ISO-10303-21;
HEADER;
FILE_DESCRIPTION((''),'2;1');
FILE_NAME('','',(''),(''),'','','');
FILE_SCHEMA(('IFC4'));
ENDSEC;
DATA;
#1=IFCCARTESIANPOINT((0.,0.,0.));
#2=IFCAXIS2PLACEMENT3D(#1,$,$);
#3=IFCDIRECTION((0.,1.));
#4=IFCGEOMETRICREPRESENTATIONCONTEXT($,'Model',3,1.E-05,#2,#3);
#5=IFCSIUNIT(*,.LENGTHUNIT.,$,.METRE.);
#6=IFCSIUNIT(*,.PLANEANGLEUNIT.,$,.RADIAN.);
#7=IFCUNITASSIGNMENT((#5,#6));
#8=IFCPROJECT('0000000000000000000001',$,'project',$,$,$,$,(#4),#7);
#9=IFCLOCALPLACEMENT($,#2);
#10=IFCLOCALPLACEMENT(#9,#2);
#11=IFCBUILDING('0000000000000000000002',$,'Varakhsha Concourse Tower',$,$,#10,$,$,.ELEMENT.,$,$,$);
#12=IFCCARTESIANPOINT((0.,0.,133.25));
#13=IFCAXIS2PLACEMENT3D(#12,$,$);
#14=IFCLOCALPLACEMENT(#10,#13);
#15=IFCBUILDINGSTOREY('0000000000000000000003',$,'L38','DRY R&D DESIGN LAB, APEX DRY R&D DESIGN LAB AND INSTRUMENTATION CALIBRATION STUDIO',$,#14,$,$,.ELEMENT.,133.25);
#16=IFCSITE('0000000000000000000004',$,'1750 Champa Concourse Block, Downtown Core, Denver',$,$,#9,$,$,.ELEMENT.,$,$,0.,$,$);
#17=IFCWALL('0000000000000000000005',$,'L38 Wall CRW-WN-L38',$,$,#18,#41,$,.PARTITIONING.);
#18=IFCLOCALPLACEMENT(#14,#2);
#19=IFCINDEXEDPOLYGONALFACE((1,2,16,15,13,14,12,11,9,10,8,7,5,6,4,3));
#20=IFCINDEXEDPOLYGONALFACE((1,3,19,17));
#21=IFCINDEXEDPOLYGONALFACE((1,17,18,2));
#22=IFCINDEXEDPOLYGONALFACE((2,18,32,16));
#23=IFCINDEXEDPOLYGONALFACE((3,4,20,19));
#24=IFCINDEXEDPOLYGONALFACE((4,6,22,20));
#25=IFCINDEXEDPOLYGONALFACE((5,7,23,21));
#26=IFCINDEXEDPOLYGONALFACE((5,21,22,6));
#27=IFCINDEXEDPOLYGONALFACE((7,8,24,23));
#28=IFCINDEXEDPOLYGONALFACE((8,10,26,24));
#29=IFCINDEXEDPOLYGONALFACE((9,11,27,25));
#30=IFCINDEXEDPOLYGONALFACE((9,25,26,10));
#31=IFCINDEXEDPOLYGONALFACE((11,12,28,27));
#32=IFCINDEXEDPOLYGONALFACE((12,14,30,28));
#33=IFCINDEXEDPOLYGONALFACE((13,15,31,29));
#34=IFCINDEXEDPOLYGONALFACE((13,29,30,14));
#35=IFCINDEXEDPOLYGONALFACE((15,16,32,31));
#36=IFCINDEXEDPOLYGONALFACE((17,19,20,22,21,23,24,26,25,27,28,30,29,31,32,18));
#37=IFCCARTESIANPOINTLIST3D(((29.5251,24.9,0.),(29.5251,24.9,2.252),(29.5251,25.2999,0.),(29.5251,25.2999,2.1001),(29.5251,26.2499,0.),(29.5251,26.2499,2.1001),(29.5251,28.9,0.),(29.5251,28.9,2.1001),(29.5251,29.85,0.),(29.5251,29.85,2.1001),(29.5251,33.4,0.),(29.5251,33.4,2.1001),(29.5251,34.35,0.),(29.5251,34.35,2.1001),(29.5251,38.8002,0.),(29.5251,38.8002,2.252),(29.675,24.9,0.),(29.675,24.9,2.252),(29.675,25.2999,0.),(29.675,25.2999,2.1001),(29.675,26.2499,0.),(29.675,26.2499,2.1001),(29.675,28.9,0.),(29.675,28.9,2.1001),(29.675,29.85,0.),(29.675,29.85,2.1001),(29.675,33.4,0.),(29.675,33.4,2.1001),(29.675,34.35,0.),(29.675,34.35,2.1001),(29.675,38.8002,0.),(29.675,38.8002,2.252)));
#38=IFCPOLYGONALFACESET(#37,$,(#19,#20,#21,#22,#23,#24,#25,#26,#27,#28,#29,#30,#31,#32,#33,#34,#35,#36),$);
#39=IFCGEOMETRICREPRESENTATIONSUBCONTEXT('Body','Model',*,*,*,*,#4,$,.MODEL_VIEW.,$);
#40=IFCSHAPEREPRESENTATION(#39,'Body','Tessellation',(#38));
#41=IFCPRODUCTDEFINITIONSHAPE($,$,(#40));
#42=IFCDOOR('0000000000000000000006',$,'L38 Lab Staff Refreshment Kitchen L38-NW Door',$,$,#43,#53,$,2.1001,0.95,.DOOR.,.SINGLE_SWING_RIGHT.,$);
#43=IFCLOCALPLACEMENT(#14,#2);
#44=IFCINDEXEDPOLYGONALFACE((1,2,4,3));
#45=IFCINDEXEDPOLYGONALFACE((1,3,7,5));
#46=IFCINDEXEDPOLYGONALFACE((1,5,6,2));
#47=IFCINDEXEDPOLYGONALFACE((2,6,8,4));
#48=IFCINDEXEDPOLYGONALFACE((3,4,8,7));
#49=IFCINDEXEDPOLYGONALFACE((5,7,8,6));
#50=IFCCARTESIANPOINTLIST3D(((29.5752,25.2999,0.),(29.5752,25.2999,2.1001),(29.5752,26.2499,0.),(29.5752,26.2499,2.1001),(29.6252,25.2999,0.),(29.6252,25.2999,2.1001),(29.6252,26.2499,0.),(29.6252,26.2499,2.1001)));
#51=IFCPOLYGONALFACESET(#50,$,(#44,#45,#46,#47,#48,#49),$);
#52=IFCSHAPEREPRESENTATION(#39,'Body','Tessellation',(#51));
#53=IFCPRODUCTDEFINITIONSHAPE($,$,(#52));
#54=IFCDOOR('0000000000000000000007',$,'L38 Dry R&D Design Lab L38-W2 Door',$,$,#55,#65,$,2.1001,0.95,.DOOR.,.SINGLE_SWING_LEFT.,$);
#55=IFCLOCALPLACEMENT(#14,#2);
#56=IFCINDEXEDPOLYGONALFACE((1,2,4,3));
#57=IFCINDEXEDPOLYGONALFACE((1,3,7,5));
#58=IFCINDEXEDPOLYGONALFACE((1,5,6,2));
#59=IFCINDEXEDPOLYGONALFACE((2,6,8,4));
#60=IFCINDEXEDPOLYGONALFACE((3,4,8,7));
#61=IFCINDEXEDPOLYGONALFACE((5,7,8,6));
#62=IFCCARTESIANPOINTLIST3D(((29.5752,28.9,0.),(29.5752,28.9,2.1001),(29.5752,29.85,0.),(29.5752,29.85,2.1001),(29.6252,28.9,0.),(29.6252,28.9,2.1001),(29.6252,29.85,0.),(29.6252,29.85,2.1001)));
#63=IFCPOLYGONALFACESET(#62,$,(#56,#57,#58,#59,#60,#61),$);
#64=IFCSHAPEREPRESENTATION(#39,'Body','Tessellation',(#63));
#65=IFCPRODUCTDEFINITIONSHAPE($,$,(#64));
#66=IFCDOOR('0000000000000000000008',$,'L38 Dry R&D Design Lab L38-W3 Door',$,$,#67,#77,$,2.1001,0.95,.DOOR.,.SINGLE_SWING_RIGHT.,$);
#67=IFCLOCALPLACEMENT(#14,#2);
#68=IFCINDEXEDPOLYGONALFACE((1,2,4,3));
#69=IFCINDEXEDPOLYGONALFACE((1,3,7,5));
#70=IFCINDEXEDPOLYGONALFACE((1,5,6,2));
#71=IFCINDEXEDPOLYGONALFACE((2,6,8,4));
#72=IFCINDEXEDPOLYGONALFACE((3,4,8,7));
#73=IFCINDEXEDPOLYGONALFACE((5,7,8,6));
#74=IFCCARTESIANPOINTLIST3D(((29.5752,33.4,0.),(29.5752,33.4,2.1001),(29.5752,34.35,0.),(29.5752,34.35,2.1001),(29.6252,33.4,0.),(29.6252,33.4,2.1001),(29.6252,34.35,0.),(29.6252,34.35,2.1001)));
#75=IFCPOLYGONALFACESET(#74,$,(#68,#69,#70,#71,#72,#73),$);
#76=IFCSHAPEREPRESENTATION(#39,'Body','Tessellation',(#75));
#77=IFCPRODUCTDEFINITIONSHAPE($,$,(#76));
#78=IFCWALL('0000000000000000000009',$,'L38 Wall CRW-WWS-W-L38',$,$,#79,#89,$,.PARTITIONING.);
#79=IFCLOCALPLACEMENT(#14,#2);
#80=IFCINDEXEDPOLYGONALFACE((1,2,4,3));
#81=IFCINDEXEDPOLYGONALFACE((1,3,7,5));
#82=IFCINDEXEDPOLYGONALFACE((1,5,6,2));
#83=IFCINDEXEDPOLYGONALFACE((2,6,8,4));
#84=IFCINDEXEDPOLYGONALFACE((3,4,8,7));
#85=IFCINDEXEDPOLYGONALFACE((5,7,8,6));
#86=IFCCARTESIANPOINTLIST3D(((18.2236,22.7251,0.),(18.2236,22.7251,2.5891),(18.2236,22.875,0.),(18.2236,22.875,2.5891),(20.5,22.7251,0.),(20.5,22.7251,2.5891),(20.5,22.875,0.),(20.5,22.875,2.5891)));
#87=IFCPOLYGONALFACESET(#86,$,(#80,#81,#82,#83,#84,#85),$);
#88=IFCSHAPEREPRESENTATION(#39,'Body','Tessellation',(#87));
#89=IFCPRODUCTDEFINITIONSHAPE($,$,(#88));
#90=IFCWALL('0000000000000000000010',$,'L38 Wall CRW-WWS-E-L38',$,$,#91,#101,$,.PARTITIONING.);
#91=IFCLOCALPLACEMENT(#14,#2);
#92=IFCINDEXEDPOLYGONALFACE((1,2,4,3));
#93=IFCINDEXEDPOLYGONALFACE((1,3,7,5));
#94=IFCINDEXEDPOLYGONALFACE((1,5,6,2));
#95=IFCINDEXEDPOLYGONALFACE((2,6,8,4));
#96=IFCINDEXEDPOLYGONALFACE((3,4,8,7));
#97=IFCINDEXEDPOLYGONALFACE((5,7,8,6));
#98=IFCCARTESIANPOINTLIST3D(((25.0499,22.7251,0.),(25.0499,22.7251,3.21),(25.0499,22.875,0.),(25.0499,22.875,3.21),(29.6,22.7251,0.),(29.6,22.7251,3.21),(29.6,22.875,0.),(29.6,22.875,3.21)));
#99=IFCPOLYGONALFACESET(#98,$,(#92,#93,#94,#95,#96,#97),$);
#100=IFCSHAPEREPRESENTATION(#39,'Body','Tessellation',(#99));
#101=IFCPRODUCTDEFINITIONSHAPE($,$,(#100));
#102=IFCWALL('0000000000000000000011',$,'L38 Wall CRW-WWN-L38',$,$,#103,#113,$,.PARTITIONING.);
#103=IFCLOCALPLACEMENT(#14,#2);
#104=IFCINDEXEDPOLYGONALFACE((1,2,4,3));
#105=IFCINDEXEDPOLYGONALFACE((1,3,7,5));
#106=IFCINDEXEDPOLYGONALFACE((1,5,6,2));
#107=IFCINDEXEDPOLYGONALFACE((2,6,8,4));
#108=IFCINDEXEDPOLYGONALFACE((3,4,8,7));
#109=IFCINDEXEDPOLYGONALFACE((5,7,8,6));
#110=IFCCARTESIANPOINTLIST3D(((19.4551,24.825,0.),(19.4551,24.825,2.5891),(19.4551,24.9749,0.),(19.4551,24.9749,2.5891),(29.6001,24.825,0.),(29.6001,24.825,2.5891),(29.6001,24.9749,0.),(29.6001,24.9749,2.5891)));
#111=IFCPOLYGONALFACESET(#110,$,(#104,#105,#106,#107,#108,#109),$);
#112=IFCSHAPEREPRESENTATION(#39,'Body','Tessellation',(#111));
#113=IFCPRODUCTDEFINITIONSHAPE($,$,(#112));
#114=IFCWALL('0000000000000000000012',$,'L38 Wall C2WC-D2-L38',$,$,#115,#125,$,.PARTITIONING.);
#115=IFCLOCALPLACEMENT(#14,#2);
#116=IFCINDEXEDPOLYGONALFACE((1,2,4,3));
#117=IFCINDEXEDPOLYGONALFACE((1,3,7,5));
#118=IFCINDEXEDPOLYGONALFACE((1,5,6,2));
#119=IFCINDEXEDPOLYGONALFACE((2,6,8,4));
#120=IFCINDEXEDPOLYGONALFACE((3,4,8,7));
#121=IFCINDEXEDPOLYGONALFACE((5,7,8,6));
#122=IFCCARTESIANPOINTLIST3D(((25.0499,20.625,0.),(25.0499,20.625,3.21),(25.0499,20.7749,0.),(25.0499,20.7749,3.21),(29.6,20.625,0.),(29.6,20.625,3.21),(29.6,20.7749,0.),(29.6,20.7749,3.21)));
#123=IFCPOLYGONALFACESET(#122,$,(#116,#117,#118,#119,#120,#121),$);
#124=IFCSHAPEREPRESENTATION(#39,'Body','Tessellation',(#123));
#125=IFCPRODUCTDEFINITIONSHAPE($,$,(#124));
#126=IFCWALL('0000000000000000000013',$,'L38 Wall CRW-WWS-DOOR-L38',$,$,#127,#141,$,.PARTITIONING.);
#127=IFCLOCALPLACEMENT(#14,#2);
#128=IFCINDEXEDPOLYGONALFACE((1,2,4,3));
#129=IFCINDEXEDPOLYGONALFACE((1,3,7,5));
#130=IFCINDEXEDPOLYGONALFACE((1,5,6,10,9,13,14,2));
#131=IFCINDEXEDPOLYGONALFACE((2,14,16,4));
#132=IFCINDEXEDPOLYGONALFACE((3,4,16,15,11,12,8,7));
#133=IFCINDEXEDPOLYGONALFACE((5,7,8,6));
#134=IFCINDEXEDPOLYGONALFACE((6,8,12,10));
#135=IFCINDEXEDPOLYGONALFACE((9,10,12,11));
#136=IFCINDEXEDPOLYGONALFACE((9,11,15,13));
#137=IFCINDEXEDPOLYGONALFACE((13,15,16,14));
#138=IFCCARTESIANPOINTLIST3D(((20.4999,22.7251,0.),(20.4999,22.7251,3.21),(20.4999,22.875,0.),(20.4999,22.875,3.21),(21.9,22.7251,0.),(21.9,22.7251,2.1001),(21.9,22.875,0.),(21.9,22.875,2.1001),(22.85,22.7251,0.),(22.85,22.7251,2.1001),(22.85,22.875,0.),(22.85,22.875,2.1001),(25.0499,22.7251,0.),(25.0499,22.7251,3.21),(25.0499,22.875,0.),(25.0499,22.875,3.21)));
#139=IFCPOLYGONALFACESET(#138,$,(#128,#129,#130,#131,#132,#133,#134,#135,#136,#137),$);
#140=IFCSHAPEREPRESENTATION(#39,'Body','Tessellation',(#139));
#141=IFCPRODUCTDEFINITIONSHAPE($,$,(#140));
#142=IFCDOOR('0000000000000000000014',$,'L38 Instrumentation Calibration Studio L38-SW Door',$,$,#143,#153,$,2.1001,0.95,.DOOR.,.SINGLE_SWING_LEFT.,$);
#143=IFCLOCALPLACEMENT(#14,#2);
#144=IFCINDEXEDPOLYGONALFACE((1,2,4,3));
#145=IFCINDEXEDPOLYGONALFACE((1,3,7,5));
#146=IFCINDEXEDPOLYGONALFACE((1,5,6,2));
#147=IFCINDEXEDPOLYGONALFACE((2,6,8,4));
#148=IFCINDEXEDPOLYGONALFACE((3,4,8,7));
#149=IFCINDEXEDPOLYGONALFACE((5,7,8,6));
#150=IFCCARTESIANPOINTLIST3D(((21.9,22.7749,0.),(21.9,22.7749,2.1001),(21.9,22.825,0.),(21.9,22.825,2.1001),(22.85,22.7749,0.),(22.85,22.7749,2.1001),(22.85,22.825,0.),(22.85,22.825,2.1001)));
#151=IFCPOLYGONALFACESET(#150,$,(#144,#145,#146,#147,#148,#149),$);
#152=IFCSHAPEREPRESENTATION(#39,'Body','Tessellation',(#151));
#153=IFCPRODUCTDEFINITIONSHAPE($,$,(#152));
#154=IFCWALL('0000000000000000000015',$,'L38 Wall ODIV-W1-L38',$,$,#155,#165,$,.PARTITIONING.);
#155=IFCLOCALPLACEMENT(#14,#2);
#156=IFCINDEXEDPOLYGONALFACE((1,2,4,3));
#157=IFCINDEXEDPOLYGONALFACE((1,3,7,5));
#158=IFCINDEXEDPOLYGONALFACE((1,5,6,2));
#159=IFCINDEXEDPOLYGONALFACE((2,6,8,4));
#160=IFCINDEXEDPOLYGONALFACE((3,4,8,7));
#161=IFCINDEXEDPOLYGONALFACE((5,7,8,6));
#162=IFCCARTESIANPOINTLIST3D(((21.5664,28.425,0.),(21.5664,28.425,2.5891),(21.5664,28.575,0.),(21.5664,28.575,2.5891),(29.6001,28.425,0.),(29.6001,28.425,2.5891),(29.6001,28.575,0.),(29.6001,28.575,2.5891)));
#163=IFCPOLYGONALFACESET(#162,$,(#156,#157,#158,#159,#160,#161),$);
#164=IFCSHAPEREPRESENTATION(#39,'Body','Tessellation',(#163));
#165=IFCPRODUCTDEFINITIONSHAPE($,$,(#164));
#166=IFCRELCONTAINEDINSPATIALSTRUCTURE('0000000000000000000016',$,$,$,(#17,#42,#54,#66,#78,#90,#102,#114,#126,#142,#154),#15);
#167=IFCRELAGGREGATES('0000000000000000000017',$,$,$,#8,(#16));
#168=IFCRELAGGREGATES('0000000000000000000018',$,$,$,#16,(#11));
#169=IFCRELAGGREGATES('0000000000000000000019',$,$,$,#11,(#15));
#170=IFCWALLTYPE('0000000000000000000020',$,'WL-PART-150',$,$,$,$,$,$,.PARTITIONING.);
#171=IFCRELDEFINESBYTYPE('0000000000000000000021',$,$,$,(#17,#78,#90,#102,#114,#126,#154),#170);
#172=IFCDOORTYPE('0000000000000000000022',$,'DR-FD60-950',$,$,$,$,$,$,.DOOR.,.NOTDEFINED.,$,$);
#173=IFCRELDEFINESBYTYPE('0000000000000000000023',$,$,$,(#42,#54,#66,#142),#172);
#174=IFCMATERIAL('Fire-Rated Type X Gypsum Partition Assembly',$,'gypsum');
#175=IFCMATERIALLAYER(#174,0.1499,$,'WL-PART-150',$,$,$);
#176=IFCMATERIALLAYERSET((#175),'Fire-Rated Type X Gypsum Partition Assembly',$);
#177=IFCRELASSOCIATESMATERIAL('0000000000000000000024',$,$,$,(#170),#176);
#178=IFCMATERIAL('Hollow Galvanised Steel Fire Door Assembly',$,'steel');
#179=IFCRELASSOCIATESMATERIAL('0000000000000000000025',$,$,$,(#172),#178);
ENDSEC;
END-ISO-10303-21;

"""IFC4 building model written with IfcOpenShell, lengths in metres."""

from ifc_helpers import new_model, si_unit, direction, frame, frame_2d, origin, place, context, subcontext, project, spatial, rectangle, extrude, material, layer, layer_set, type_object, element, fill, save


model = new_model("IFC4")

# Units and contexts
model_context = context("Model", 3, precision=1e-05, world=origin(), true_north=direction((0.0, 1.0)))
body_context = subcontext(model_context, "Body", "Model", "MODEL_VIEW")
ifc_project = project(units=[si_unit("LENGTHUNIT", "METRE"), si_unit("PLANEANGLEUNIT", "RADIAN")], contexts=[model_context])

# Site, building, storey
site_placement = place(None, origin())
site = spatial("IfcSite", under=ifc_project, at=site_placement, Name="1750 Champa Concourse Block, Downtown Core, Denver", CompositionType="ELEMENT", RefElevation=0.0)
building_placement = place(site_placement, origin())
building = spatial("IfcBuilding", under=site, at=building_placement, Name="Varakhsha Concourse Tower", CompositionType="ELEMENT")
storey_placement = place(building_placement, frame((0.0, 0.0, 133.25)))
storey = spatial("IfcBuildingStorey", under=building, at=storey_placement, Name="L38", Description="DRY R&D DESIGN LAB, APEX DRY R&D DESIGN LAB AND INSTRUMENTATION CALIBRATION STUDIO", CompositionType="ELEMENT", Elevation=133.25)

# Wall, openings, doors
ifc_material_1 = material(Name="Fire-Rated Type X Gypsum Partition Assembly", Category="gypsum")
ifc_layer_1 = layer(ifc_material_1, 0.1499, Name="WL-PART-150")
ifc_layer_set_1 = layer_set([ifc_layer_1], Name="Fire-Rated Type X Gypsum Partition Assembly")
wall_type_1 = type_object("IfcWallType", Name="WL-PART-150", PredefinedType="PARTITIONING", material=ifc_layer_set_1)
wall_1_placement = place(storey_placement, frame((29.6001, 24.8999, 0.0), z_axis=(0.0, 0.0, 1.0), x_axis=(0.0, 1.0, 0.0)))
wall_1 = element("IfcWall", 1, at=wall_1_placement, inside=storey, type_object=wall_type_1, Name="L38 Wall CRW-WN-L38", PredefinedType="PARTITIONING", context=body_context, shape_type="SweptSolid", body=[
    extrude(rectangle(XDim=13.9001, YDim=0.1499, at=frame_2d((6.9502, 0.0))), origin(), (0.0, 0.0, 1.0), 2.252),
])
opening_1_placement = place(wall_1_placement, frame((0.3999, 0.0, 0.0)))
opening_1 = element("IfcOpeningElement", 2, at=opening_1_placement, cuts=wall_1, PredefinedType="OPENING", context=body_context, shape_type="SweptSolid", body=[
    extrude(rectangle(XDim=0.95, YDim=2.1001, at=frame_2d((0.4751, 1.05))), frame((0.0, 0.085, 0.0), z_axis=(0.0, -1.0, 0.0), x_axis=(1.0, 0.0, 0.0)), (0.0, 0.0, 1.0), 0.1699),
])
opening_2_placement = place(wall_1_placement, frame((4.0, 0.0, 0.0)))
opening_2 = element("IfcOpeningElement", 3, at=opening_2_placement, cuts=wall_1, PredefinedType="OPENING", context=body_context, shape_type="SweptSolid", body=[
    extrude(rectangle(XDim=0.95, YDim=2.1001, at=frame_2d((0.4751, 1.05))), frame((0.0, 0.085, 0.0), z_axis=(0.0, -1.0, 0.0), x_axis=(1.0, 0.0, 0.0)), (0.0, 0.0, 1.0), 0.1699),
])
opening_3_placement = place(wall_1_placement, frame((8.5, 0.0, 0.0)))
opening_3 = element("IfcOpeningElement", 4, at=opening_3_placement, cuts=wall_1, PredefinedType="OPENING", context=body_context, shape_type="SweptSolid", body=[
    extrude(rectangle(XDim=0.95, YDim=2.1001, at=frame_2d((0.4751, 1.05))), frame((0.0, 0.085, 0.0), z_axis=(0.0, -1.0, 0.0), x_axis=(1.0, 0.0, 0.0)), (0.0, 0.0, 1.0), 0.1699),
])
ifc_material_2 = material(Name="Hollow Galvanised Steel Fire Door Assembly", Category="steel")
door_type_1 = type_object("IfcDoorType", Name="DR-FD60-950", OperationType="NOTDEFINED", PredefinedType="DOOR", material=ifc_material_2)
door_1_placement = place(opening_1_placement, origin())
door_1 = element("IfcDoor", 5, at=door_1_placement, inside=storey, type_object=door_type_1, Name="L38 Lab Staff Refreshment Kitchen L38-NW Door", OperationType="SINGLE_SWING_RIGHT", OverallHeight=2.1001, OverallWidth=0.95, PredefinedType="DOOR", context=body_context, shape_type="SweptSolid", body=[
    extrude(rectangle(XDim=0.95, YDim=2.1001, at=frame_2d((0.4751, 1.05))), frame((0.0, 0.0249, 0.0), z_axis=(0.0, -1.0, 0.0), x_axis=(1.0, 0.0, 0.0)), (0.0, 0.0, 1.0), 0.05),
])
fill(opening_1, door_1)
door_2_placement = place(opening_2_placement, origin())
door_2 = element("IfcDoor", 6, at=door_2_placement, inside=storey, type_object=door_type_1, Name="L38 Dry R&D Design Lab L38-W2 Door", OperationType="SINGLE_SWING_LEFT", OverallHeight=2.1001, OverallWidth=0.95, PredefinedType="DOOR", context=body_context, shape_type="SweptSolid", body=[
    extrude(rectangle(XDim=0.95, YDim=2.1001, at=frame_2d((0.4751, 1.05))), frame((0.0, 0.0249, 0.0), z_axis=(0.0, -1.0, 0.0), x_axis=(1.0, 0.0, 0.0)), (0.0, 0.0, 1.0), 0.05),
])
fill(opening_2, door_2)
door_3_placement = place(opening_3_placement, origin())
door_3 = element("IfcDoor", 7, at=door_3_placement, inside=storey, type_object=door_type_1, Name="L38 Dry R&D Design Lab L38-W3 Door", OperationType="SINGLE_SWING_RIGHT", OverallHeight=2.1001, OverallWidth=0.95, PredefinedType="DOOR", context=body_context, shape_type="SweptSolid", body=[
    extrude(rectangle(XDim=0.95, YDim=2.1001, at=frame_2d((0.4751, 1.05))), frame((0.0, 0.0249, 0.0), z_axis=(0.0, -1.0, 0.0), x_axis=(1.0, 0.0, 0.0)), (0.0, 0.0, 1.0), 0.05),
])
fill(opening_3, door_3)

# Walls
wall_2_placement = place(storey_placement, frame((18.2236, 22.8, 0.0), z_axis=(0.0, 0.0, 1.0), x_axis=(1.0, 0.0, 0.0)))
element("IfcWall", 8, at=wall_2_placement, inside=storey, type_object=wall_type_1, Name="L38 Wall CRW-WWS-W-L38", PredefinedType="PARTITIONING", context=body_context, shape_type="SweptSolid", body=[
    extrude(rectangle(XDim=2.2764, YDim=0.1499, at=frame_2d((1.1382, 0.0))), origin(), (0.0, 0.0, 1.0), 2.5891),
])
wall_3_placement = place(storey_placement, frame((25.05, 22.8, 0.0), z_axis=(0.0, 0.0, 1.0), x_axis=(1.0, 0.0, 0.0)))
element("IfcWall", 9, at=wall_3_placement, inside=storey, type_object=wall_type_1, Name="L38 Wall CRW-WWS-E-L38", PredefinedType="PARTITIONING", context=body_context, shape_type="SweptSolid", body=[
    extrude(rectangle(XDim=4.55, YDim=0.1499, at=frame_2d((2.2749, 0.0))), origin(), (0.0, 0.0, 1.0), 3.21),
])
wall_4_placement = place(storey_placement, frame((19.4551, 24.8999, 0.0), z_axis=(0.0, 0.0, 1.0), x_axis=(1.0, 0.0, 0.0)))
element("IfcWall", 10, at=wall_4_placement, inside=storey, type_object=wall_type_1, Name="L38 Wall CRW-WWN-L38", PredefinedType="PARTITIONING", context=body_context, shape_type="SweptSolid", body=[
    extrude(rectangle(XDim=10.145, YDim=0.1499, at=frame_2d((5.0725, 0.0))), origin(), (0.0, 0.0, 1.0), 2.5891),
])
wall_5_placement = place(storey_placement, frame((25.05, 20.7, 0.0), z_axis=(0.0, 0.0, 1.0), x_axis=(1.0, 0.0, 0.0)))
element("IfcWall", 11, at=wall_5_placement, inside=storey, type_object=wall_type_1, Name="L38 Wall C2WC-D2-L38", PredefinedType="PARTITIONING", context=body_context, shape_type="SweptSolid", body=[
    extrude(rectangle(XDim=4.55, YDim=0.1499, at=frame_2d((2.2749, 0.0))), origin(), (0.0, 0.0, 1.0), 3.21),
])

# Wall, opening, door
wall_6_placement = place(storey_placement, frame((20.5, 22.8, 0.0), z_axis=(0.0, 0.0, 1.0), x_axis=(1.0, 0.0, 0.0)))
wall_6 = element("IfcWall", 12, at=wall_6_placement, inside=storey, type_object=wall_type_1, Name="L38 Wall CRW-WWS-DOOR-L38", PredefinedType="PARTITIONING", context=body_context, shape_type="SweptSolid", body=[
    extrude(rectangle(XDim=4.55, YDim=0.1499, at=frame_2d((2.2749, 0.0))), origin(), (0.0, 0.0, 1.0), 3.21),
])
opening_4_placement = place(wall_6_placement, frame((1.3999, 0.0, 0.0)))
opening_4 = element("IfcOpeningElement", 13, at=opening_4_placement, cuts=wall_6, PredefinedType="OPENING", context=body_context, shape_type="SweptSolid", body=[
    extrude(rectangle(XDim=0.95, YDim=2.1001, at=frame_2d((0.4751, 1.05))), frame((0.0, 0.085, 0.0), z_axis=(0.0, -1.0, 0.0), x_axis=(1.0, 0.0, 0.0)), (0.0, 0.0, 1.0), 0.1699),
])
door_4_placement = place(opening_4_placement, origin())
door_4 = element("IfcDoor", 14, at=door_4_placement, inside=storey, type_object=door_type_1, Name="L38 Instrumentation Calibration Studio L38-SW Door", OperationType="SINGLE_SWING_LEFT", OverallHeight=2.1001, OverallWidth=0.95, PredefinedType="DOOR", context=body_context, shape_type="SweptSolid", body=[
    extrude(rectangle(XDim=0.95, YDim=2.1001, at=frame_2d((0.4751, 1.05))), frame((0.0, 0.0249, 0.0), z_axis=(0.0, -1.0, 0.0), x_axis=(1.0, 0.0, 0.0)), (0.0, 0.0, 1.0), 0.05),
])
fill(opening_4, door_4)

# Wall
wall_7_placement = place(storey_placement, frame((21.5664, 28.5, 0.0), z_axis=(0.0, 0.0, 1.0), x_axis=(1.0, 0.0, 0.0)))
element("IfcWall", 15, at=wall_7_placement, inside=storey, type_object=wall_type_1, Name="L38 Wall ODIV-W1-L38", PredefinedType="PARTITIONING", context=body_context, shape_type="SweptSolid", body=[
    extrude(rectangle(XDim=8.0337, YDim=0.1499, at=frame_2d((4.0168, 0.0))), origin(), (0.0, 0.0, 1.0), 2.5891),
])

save(model, "model.ifc")
